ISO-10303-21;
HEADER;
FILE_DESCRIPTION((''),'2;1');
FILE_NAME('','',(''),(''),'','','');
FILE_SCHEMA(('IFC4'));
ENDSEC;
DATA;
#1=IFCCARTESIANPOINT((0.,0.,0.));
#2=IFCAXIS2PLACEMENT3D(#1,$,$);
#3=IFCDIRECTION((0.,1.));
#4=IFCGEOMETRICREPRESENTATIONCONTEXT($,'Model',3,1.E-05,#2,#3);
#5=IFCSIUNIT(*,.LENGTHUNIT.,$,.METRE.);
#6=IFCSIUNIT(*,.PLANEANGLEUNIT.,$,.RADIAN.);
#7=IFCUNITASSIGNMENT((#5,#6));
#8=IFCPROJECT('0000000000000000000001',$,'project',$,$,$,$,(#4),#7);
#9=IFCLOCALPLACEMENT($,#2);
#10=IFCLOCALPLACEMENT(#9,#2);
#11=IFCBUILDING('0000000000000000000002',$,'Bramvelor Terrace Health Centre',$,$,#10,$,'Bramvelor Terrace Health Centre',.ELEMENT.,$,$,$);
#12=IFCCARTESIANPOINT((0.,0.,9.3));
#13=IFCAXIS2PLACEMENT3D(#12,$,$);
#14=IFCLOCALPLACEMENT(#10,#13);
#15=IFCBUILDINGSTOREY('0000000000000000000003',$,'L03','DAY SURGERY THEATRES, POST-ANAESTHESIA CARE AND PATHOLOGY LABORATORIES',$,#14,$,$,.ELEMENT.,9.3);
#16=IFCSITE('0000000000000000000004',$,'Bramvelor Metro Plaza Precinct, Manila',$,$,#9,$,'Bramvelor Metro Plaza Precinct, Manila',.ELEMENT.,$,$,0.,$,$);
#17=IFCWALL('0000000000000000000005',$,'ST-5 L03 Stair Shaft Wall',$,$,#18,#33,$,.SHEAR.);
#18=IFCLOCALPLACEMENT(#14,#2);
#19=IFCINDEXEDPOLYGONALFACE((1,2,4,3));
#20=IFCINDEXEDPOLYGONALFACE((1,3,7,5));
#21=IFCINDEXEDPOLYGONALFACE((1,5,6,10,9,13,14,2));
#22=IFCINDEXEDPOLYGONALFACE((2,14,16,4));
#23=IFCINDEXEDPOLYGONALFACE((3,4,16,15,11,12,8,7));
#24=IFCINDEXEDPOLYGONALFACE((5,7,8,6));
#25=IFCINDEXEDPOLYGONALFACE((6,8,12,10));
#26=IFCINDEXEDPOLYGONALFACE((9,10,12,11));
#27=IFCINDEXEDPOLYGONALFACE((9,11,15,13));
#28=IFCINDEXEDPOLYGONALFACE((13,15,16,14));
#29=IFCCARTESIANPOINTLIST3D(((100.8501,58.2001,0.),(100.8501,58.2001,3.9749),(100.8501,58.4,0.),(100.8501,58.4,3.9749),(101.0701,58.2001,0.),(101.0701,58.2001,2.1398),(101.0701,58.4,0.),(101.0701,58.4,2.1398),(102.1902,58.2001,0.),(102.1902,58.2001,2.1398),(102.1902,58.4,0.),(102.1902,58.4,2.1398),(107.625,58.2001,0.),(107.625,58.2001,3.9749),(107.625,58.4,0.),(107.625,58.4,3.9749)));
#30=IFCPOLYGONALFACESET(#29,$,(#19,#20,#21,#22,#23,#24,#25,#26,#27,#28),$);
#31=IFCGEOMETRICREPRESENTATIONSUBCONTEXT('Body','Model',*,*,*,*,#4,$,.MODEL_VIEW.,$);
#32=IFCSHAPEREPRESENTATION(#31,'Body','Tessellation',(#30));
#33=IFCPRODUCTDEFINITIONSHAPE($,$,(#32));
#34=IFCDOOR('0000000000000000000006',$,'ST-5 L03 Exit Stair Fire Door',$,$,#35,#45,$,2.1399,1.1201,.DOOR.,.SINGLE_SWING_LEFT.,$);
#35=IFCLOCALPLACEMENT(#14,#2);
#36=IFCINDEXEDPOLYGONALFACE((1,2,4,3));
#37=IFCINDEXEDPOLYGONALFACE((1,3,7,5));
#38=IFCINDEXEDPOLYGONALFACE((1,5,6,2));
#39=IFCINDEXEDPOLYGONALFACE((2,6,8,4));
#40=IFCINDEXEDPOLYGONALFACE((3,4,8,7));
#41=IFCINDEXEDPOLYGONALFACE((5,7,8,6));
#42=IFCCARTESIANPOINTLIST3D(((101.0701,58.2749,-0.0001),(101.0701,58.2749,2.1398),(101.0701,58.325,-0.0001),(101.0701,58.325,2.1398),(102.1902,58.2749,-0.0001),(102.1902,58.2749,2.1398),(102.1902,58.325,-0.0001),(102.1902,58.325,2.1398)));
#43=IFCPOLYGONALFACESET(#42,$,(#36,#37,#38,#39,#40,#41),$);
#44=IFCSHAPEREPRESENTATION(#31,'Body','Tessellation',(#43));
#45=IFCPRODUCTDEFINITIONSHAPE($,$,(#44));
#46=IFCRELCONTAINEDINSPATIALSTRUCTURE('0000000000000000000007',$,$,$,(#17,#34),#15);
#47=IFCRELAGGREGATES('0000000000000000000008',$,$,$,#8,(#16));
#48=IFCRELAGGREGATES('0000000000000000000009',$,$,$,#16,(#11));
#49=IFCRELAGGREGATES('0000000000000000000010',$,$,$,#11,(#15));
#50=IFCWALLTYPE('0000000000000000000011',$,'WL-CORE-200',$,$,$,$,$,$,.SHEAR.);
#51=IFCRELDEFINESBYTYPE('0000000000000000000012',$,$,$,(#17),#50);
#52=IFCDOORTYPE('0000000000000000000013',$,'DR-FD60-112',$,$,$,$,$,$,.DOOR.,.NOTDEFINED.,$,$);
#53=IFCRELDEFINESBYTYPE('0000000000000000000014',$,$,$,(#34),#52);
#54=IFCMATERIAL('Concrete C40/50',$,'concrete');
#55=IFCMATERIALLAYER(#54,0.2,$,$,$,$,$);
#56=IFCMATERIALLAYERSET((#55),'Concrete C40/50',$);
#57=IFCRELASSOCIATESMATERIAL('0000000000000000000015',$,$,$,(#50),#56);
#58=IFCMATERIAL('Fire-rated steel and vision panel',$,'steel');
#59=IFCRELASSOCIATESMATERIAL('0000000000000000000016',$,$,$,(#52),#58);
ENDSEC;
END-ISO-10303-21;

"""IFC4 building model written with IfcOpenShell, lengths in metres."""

from ifc_helpers import new_model, si_unit, direction, frame, frame_2d, origin, place, context, subcontext, project, spatial, rectangle, extrude, material, layer, layer_set, type_object, element, fill, save


model = new_model("IFC4")

# Units and contexts
model_context = context("Model", 3, precision=1e-05, world=origin(), true_north=direction((0.0, 1.0)))
body_context = subcontext(model_context, "Body", "Model", "MODEL_VIEW")
ifc_project = project(units=[si_unit("LENGTHUNIT", "METRE"), si_unit("PLANEANGLEUNIT", "RADIAN")], contexts=[model_context])

# Site, building, storey
site_placement = place(None, origin())
site = spatial("IfcSite", under=ifc_project, at=site_placement, Name="Bramvelor Metro Plaza Precinct, Manila", LongName="Bramvelor Metro Plaza Precinct, Manila", CompositionType="ELEMENT", RefElevation=0.0)
building_placement = place(site_placement, origin())
building = spatial("IfcBuilding", under=site, at=building_placement, Name="Bramvelor Terrace Health Centre", LongName="Bramvelor Terrace Health Centre", CompositionType="ELEMENT")
storey_placement = place(building_placement, frame((0.0, 0.0, 9.3)))
storey = spatial("IfcBuildingStorey", under=building, at=storey_placement, Name="L03", Description="DAY SURGERY THEATRES, POST-ANAESTHESIA CARE AND PATHOLOGY LABORATORIES", CompositionType="ELEMENT", Elevation=9.3)

# Wall, opening, door
ifc_material_1 = material(Name="Concrete C40/50", Category="concrete")
ifc_layer_1 = layer(ifc_material_1, 0.2)
ifc_layer_set_1 = layer_set([ifc_layer_1], Name="Concrete C40/50")
wall_type = type_object("IfcWallType", Name="WL-CORE-200", PredefinedType="SHEAR", material=ifc_layer_set_1)
wall_placement = place(storey_placement, frame((100.8501, 58.3, 0.0), z_axis=(0.0, 0.0, 1.0), x_axis=(1.0, 0.0, 0.0)))
wall = element("IfcWall", 1, at=wall_placement, inside=storey, type_object=wall_type, Name="ST-5 L03 Stair Shaft Wall", PredefinedType="SHEAR", context=body_context, shape_type="SweptSolid", body=[
    extrude(rectangle(XDim=6.7749, YDim=0.2, at=frame_2d((3.3875, 0.0))), origin(), (0.0, 0.0, 1.0), 3.9749),
])
opening_placement = place(wall_placement, frame((0.22, 0.0, 0.0)))
opening = element("IfcOpeningElement", 2, at=opening_placement, cuts=wall, PredefinedType="OPENING", context=body_context, shape_type="SweptSolid", body=[
    extrude(rectangle(XDim=1.1201, YDim=2.1399, at=frame_2d((0.5601, 1.0698))), frame((0.0, 0.1099, 0.0), z_axis=(0.0, -1.0, 0.0), x_axis=(1.0, 0.0, 0.0)), (0.0, 0.0, 1.0), 0.22),
])
ifc_material_2 = material(Name="Fire-rated steel and vision panel", Category="steel")
door_type = type_object("IfcDoorType", Name="DR-FD60-112", OperationType="NOTDEFINED", PredefinedType="DOOR", material=ifc_material_2)
door_placement = place(opening_placement, origin())
door = element("IfcDoor", 3, at=door_placement, inside=storey, type_object=door_type, Name="ST-5 L03 Exit Stair Fire Door", OperationType="SINGLE_SWING_LEFT", OverallHeight=2.1399, OverallWidth=1.1201, PredefinedType="DOOR", context=body_context, shape_type="SweptSolid", body=[
    extrude(rectangle(XDim=1.1201, YDim=2.1399, at=frame_2d((0.5601, 1.0698))), frame((0.0, 0.0249, 0.0), z_axis=(0.0, -1.0, 0.0), x_axis=(1.0, 0.0, 0.0)), (0.0, 0.0, 1.0), 0.05),
])
fill(opening, door)

save(model, "model.ifc")
